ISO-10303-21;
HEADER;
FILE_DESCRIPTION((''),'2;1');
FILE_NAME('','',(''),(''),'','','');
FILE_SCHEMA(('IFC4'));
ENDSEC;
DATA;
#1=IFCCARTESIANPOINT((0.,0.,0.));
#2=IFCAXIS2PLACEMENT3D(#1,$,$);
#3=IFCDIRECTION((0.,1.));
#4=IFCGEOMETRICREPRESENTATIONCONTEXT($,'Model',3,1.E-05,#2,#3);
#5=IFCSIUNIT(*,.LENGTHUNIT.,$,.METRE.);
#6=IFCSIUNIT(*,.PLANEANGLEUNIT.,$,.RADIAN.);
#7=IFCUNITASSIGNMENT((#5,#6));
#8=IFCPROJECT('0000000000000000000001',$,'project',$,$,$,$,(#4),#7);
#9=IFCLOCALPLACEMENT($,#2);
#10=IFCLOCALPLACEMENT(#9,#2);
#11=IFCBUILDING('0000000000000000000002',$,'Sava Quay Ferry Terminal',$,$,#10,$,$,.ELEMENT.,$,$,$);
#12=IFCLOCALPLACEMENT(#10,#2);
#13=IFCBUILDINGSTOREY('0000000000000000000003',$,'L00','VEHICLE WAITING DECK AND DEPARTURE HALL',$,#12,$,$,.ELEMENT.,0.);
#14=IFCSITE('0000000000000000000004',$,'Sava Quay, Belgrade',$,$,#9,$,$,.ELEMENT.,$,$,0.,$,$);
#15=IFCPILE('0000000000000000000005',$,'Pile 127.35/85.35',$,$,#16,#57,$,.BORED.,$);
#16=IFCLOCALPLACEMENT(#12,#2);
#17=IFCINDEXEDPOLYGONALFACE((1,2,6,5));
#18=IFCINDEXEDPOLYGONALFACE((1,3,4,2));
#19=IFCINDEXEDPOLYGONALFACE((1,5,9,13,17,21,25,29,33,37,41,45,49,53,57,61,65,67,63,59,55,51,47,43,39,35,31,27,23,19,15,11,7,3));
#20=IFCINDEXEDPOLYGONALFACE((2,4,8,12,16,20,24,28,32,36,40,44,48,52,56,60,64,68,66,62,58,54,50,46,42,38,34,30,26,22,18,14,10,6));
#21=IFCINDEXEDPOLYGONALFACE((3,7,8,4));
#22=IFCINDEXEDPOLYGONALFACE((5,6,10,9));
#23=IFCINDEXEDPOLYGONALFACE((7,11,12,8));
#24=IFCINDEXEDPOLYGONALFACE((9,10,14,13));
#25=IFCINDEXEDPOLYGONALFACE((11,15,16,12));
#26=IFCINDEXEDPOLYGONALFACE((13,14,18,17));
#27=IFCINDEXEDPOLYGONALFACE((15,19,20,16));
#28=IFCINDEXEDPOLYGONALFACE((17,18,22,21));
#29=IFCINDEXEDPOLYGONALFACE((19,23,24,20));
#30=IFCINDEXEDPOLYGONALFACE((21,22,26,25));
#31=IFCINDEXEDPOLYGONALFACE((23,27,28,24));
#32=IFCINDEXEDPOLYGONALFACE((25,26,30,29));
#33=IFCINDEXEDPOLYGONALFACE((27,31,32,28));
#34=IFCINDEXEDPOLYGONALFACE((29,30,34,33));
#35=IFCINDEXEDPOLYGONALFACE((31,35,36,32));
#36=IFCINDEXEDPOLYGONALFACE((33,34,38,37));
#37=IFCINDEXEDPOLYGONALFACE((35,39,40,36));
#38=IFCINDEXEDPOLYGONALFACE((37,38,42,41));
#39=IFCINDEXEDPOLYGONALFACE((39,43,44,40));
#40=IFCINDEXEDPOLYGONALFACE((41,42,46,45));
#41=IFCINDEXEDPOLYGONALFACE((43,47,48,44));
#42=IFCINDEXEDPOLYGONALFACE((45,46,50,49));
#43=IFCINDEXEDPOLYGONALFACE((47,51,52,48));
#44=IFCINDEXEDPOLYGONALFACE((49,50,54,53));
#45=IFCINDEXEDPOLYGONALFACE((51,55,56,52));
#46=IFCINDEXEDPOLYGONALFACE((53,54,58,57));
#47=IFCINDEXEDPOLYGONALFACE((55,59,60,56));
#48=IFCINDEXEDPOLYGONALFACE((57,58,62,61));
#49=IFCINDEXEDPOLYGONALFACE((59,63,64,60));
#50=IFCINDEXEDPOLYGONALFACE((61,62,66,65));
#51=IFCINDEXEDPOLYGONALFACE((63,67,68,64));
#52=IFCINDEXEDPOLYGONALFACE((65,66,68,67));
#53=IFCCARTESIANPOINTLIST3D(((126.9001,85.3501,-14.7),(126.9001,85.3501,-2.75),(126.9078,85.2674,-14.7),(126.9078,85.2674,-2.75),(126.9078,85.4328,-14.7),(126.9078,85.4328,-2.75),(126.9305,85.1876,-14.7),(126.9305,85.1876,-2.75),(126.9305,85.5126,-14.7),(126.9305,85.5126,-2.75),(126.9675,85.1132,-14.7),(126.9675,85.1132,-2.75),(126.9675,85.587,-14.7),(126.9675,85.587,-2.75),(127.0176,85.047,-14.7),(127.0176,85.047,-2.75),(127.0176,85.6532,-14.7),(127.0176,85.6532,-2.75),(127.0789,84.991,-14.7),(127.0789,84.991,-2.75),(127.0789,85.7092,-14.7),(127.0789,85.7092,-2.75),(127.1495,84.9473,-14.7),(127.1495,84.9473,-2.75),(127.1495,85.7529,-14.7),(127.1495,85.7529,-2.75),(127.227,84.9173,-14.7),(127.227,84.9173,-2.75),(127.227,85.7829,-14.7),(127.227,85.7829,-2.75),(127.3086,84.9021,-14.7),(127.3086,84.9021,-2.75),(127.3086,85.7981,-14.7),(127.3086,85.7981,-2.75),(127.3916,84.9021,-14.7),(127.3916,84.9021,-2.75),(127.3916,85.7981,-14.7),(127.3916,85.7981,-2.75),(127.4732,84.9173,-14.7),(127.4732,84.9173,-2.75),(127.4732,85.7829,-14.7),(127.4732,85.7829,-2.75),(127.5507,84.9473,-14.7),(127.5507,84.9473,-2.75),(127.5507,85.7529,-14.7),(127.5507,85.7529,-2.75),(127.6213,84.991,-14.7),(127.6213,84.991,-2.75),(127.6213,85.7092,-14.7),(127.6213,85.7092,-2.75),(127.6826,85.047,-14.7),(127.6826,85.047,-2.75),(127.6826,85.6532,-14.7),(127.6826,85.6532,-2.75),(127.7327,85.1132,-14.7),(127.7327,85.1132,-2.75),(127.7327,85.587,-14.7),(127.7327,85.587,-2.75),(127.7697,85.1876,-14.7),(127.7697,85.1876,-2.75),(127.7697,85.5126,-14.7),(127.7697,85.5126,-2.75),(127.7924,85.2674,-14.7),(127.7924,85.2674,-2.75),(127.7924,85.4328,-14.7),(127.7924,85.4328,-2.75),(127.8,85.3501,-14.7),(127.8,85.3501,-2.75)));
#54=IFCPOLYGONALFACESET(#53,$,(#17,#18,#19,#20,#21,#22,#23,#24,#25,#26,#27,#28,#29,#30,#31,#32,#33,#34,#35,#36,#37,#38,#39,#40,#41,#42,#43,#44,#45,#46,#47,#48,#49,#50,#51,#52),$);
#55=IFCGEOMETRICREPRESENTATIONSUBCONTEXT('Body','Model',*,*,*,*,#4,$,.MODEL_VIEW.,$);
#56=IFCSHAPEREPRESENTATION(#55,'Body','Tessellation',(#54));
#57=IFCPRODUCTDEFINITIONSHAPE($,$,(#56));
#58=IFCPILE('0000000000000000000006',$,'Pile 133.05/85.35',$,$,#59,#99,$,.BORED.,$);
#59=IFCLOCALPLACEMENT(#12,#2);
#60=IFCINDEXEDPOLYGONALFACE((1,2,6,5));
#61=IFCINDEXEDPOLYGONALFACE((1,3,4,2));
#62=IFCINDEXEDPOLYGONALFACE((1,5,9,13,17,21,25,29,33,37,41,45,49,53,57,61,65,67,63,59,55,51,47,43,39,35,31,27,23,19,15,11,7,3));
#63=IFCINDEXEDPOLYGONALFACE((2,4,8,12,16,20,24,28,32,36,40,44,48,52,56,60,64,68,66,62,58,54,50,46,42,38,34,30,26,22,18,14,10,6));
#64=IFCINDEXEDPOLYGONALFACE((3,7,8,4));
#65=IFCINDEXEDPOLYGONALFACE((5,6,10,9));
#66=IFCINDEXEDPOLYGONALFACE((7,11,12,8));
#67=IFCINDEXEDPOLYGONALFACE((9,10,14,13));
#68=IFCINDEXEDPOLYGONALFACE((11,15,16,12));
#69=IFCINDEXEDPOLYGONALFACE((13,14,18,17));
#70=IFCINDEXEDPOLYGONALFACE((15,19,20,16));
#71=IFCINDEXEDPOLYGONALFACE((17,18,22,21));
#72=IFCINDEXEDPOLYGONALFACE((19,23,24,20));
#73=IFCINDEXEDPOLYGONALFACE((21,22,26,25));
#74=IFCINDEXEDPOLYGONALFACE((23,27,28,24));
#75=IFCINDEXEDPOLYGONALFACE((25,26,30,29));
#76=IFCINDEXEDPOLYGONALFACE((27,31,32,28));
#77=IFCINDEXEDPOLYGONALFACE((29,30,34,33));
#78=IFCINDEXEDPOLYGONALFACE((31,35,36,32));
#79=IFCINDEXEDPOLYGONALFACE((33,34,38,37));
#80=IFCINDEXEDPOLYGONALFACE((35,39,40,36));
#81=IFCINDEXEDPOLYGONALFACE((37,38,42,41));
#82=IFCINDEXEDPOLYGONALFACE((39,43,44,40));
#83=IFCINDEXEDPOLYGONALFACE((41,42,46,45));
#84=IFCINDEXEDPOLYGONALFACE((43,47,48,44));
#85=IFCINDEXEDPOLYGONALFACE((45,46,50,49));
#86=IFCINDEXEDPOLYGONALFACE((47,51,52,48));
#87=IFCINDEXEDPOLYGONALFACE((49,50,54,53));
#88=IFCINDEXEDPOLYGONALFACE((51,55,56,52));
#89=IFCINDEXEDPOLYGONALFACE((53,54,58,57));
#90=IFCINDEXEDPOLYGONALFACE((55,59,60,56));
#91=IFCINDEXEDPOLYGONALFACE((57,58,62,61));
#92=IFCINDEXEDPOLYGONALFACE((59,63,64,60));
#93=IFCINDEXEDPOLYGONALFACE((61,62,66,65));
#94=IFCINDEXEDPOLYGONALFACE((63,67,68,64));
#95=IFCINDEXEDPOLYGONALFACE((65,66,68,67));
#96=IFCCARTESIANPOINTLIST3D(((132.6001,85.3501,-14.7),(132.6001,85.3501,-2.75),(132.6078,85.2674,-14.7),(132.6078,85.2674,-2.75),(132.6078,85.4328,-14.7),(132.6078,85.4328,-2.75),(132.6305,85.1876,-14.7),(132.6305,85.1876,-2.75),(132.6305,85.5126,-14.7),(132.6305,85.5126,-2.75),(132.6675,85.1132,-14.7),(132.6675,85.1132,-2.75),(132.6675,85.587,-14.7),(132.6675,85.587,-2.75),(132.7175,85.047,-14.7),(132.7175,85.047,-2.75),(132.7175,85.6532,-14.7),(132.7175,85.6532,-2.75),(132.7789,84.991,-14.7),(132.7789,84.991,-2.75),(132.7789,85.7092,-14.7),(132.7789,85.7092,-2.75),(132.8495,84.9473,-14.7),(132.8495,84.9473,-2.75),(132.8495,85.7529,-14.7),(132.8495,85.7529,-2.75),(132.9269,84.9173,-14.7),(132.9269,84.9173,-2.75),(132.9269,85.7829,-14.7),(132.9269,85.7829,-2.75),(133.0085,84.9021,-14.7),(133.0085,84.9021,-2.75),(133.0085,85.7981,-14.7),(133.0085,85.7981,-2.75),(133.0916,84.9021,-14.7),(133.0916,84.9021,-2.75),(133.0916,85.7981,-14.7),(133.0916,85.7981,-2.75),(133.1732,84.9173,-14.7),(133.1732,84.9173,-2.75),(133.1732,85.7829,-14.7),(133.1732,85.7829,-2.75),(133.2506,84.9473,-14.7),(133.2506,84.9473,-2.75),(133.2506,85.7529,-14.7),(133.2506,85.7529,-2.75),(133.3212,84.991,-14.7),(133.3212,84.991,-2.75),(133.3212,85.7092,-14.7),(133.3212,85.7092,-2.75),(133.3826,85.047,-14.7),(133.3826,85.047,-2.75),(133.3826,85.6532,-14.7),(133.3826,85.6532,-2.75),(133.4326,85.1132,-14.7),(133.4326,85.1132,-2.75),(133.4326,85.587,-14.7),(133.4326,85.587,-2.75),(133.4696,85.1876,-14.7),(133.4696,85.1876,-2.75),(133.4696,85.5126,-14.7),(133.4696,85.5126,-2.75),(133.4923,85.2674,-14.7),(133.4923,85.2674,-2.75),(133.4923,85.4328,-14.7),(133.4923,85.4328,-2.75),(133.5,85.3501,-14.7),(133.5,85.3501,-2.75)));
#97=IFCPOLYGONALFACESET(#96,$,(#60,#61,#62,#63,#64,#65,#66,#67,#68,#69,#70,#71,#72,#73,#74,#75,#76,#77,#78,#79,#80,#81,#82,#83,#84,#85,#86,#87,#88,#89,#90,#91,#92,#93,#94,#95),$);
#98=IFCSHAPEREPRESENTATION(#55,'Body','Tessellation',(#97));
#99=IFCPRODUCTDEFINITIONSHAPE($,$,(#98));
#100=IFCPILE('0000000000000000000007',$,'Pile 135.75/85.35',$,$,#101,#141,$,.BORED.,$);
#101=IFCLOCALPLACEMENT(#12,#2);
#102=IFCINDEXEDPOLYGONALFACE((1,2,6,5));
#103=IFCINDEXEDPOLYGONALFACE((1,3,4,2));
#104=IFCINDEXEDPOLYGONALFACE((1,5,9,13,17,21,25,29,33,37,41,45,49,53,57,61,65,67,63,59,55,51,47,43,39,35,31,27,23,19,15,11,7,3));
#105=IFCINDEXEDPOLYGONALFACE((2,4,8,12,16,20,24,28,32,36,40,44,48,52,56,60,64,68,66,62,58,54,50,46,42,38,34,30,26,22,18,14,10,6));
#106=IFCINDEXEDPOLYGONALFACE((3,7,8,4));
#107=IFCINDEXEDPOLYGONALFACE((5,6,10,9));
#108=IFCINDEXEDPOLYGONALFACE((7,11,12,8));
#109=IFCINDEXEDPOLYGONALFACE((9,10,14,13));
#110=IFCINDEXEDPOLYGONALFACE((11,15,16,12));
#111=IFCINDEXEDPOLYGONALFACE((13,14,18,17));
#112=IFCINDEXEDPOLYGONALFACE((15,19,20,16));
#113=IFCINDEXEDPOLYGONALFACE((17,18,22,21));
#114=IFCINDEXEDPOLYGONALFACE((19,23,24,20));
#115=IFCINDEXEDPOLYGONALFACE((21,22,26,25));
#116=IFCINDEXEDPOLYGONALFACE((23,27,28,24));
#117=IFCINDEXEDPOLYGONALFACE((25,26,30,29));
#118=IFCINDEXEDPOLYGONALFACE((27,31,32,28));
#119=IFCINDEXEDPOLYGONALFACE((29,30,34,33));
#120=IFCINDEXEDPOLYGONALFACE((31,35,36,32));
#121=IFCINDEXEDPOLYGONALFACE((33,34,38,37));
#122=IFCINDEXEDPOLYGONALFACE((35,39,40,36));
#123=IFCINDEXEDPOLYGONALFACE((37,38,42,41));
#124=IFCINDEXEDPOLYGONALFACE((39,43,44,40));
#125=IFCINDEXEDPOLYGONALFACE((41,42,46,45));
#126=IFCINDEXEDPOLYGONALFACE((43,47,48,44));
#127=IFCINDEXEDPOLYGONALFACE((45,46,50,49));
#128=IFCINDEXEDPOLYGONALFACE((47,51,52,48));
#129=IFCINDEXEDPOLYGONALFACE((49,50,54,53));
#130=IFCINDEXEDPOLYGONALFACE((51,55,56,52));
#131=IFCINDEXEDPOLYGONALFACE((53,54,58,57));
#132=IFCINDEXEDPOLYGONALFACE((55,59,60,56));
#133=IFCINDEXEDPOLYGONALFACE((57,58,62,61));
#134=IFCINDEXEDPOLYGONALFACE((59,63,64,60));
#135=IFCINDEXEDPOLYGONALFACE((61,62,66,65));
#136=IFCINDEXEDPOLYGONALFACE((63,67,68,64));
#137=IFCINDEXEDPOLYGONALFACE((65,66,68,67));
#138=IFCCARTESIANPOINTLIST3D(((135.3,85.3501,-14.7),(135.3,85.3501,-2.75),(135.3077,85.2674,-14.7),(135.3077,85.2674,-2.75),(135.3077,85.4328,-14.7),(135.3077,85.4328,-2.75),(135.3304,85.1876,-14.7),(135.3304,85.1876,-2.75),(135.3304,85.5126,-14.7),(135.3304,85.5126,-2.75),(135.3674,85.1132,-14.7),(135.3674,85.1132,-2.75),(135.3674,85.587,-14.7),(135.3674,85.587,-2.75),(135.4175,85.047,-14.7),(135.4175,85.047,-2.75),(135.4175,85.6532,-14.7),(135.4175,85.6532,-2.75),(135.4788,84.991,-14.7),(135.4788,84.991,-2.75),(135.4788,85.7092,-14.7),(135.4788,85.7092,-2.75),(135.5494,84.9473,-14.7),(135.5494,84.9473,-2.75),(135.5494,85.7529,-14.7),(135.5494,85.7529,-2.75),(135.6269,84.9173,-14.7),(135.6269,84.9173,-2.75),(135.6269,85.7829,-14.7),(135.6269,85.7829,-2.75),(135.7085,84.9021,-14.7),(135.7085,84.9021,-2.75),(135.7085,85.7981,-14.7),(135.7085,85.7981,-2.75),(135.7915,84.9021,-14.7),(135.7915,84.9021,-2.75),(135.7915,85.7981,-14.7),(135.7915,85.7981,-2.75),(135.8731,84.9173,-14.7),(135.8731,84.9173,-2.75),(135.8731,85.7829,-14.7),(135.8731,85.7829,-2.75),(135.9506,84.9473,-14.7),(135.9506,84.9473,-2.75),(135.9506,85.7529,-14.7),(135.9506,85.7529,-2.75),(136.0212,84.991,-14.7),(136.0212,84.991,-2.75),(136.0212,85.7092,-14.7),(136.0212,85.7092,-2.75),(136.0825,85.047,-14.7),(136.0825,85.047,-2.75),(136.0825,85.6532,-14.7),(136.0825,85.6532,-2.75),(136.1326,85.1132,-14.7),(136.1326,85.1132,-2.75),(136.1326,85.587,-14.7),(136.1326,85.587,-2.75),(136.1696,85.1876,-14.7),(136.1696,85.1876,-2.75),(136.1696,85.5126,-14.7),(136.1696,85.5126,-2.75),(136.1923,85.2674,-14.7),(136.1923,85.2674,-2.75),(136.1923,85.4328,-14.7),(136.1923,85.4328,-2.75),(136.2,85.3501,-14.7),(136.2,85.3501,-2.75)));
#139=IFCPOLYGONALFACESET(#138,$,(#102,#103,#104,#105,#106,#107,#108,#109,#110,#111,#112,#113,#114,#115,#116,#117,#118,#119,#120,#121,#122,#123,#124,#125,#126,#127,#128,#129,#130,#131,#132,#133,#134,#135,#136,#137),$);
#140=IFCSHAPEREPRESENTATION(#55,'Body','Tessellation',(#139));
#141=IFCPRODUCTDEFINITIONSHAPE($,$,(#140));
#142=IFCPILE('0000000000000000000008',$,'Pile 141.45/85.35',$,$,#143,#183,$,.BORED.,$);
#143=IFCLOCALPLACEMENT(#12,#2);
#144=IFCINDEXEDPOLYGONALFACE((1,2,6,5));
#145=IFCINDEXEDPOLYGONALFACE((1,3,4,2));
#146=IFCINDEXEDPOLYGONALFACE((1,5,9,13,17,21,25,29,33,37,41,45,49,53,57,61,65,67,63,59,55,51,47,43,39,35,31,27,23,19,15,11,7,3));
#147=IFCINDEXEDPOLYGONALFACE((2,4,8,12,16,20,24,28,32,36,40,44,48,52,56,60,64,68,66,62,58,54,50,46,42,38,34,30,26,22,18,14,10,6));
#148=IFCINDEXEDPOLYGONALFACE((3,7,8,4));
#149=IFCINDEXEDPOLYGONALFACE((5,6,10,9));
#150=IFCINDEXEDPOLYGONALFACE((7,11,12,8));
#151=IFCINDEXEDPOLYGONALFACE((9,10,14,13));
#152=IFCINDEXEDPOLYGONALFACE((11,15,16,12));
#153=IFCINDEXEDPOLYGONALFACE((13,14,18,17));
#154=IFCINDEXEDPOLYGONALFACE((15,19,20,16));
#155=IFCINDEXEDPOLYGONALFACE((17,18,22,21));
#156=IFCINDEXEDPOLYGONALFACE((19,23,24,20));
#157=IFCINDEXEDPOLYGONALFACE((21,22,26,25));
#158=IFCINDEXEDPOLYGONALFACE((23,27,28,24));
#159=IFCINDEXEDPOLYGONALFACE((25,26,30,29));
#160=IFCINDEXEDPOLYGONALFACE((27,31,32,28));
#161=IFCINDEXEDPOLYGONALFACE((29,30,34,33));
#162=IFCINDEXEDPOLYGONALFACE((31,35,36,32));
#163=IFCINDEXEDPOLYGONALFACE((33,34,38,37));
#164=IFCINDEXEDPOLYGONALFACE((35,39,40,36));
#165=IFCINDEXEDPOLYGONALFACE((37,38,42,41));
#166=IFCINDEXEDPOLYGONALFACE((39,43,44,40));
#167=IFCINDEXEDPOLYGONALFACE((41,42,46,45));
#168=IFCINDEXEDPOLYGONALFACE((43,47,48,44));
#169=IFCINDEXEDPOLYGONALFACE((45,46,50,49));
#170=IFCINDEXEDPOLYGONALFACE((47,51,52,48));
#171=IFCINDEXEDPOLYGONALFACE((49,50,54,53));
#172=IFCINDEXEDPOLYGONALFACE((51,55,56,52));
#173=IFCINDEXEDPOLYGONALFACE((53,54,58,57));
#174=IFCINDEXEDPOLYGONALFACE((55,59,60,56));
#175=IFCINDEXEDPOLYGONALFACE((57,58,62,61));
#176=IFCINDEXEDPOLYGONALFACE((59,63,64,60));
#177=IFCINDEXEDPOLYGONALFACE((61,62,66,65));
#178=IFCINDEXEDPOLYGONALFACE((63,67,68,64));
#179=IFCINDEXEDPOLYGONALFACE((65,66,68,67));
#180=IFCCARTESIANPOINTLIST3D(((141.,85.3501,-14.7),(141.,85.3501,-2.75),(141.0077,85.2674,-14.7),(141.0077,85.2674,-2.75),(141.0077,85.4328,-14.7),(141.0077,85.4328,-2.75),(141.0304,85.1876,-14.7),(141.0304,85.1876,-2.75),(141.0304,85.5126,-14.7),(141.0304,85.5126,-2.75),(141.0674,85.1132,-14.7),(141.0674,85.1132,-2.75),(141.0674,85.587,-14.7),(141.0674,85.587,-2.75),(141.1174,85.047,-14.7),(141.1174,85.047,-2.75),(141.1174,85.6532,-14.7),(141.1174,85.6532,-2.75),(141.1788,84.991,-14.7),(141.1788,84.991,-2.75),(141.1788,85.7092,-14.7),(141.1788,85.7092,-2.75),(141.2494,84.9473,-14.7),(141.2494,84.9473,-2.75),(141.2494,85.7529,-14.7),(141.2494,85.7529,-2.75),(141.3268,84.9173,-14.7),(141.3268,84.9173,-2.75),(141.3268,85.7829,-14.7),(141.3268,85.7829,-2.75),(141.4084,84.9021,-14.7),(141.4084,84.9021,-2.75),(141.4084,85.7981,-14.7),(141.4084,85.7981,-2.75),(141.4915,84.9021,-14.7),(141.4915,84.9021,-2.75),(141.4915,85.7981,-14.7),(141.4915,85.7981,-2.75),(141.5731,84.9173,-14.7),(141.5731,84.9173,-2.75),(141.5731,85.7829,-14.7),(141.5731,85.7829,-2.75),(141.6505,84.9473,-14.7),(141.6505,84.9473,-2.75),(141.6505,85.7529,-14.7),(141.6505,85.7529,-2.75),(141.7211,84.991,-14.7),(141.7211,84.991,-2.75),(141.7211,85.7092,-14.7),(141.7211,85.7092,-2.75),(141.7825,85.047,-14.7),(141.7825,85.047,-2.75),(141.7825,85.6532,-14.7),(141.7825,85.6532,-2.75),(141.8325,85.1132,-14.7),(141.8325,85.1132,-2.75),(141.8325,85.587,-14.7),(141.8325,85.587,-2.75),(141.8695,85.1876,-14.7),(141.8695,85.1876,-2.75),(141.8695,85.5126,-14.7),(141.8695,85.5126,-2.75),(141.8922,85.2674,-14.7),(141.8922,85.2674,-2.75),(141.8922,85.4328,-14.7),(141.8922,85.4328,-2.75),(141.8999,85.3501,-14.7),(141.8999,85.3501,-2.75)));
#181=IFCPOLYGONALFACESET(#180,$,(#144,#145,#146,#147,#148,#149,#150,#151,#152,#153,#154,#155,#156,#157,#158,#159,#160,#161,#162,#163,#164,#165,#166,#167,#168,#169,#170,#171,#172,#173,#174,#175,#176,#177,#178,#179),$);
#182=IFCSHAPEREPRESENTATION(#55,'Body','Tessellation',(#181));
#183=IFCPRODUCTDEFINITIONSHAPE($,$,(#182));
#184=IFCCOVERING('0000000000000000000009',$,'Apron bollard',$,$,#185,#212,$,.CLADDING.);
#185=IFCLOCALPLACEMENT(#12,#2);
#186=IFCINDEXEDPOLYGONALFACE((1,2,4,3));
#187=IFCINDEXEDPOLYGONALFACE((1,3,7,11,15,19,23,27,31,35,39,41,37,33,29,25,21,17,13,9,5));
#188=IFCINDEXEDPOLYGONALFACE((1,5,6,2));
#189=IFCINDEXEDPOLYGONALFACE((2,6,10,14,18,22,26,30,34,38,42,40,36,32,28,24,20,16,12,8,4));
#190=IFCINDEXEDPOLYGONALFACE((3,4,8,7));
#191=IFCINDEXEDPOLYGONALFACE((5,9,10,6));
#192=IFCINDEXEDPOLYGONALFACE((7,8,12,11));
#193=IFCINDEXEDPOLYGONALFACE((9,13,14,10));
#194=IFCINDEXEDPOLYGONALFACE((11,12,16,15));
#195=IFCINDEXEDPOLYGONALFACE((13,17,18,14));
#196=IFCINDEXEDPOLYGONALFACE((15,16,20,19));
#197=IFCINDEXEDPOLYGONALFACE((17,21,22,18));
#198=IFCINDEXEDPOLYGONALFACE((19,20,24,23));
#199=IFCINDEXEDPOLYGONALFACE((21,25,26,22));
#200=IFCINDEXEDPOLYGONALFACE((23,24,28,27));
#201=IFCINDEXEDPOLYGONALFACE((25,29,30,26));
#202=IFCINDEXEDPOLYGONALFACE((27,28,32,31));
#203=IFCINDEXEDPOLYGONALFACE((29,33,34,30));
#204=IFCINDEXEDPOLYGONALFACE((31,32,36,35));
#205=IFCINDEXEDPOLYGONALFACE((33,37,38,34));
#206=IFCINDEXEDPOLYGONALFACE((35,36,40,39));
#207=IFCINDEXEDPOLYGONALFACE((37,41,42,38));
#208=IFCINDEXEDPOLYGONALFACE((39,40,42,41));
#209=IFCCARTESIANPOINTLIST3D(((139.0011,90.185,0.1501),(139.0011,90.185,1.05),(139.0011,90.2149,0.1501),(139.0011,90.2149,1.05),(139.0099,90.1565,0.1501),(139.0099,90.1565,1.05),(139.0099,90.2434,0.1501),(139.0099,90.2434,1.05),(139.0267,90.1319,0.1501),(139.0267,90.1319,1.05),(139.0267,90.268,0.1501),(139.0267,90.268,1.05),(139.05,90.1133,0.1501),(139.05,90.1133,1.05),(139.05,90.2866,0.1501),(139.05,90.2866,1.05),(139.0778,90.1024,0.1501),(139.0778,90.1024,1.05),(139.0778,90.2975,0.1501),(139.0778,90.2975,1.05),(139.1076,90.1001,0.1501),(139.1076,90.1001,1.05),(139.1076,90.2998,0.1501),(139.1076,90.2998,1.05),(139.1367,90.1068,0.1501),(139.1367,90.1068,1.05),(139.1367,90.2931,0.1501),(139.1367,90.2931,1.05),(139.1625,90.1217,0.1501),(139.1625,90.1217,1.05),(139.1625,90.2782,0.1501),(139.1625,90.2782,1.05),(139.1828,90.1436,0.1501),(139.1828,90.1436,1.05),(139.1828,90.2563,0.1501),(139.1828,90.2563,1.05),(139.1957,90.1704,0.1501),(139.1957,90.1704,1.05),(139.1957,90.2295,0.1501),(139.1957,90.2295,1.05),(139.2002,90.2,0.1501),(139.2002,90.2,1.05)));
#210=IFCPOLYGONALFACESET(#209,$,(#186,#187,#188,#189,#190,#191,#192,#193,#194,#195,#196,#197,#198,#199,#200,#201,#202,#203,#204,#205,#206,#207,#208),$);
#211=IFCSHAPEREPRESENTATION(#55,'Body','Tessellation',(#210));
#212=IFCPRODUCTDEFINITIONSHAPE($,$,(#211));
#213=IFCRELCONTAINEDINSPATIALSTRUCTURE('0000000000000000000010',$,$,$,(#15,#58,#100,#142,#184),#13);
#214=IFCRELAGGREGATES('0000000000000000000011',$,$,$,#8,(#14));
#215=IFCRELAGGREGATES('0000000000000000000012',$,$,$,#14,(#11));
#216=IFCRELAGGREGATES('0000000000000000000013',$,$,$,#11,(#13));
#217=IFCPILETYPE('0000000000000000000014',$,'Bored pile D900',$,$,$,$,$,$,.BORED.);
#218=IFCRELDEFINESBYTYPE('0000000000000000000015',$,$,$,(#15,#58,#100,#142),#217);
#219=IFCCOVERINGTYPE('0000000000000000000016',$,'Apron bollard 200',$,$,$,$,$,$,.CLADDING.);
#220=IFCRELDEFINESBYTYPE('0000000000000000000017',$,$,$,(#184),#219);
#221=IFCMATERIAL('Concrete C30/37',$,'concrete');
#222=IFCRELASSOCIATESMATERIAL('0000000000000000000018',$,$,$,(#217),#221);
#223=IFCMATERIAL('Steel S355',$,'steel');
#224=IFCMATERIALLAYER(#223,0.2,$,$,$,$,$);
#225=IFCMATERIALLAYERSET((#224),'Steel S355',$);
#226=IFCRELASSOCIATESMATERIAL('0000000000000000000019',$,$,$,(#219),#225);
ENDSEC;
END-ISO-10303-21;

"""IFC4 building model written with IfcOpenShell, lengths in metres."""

from ifc_helpers import new_model, si_unit, direction, frame, origin, origin_2d, place, context, subcontext, project, spatial, circle, extrude, material, layer, layer_set, material_profile, profile_set, type_object, element, save


model = new_model("IFC4")

# Units and contexts
model_context = context("Model", 3, precision=1e-05, world=origin(), true_north=direction((0.0, 1.0)))
body_context = subcontext(model_context, "Body", "Model", "MODEL_VIEW")
ifc_project = project(units=[si_unit("LENGTHUNIT", "METRE"), si_unit("PLANEANGLEUNIT", "RADIAN")], contexts=[model_context])

# Site, building, storey
site_placement = place(None, origin())
site = spatial("IfcSite", under=ifc_project, at=site_placement, Name="Sava Quay, Belgrade", CompositionType="ELEMENT", RefElevation=0.0)
building_placement = place(site_placement, origin())
building = spatial("IfcBuilding", under=site, at=building_placement, Name="Sava Quay Ferry Terminal", CompositionType="ELEMENT")
storey_placement = place(building_placement, origin())
storey = spatial("IfcBuildingStorey", under=building, at=storey_placement, Name="L00", Description="VEHICLE WAITING DECK AND DEPARTURE HALL", CompositionType="ELEMENT", Elevation=0.0)

# Piles
ifc_material_1 = material(Name="Concrete C30/37", Category="concrete")
ifc_material_profile = material_profile(ifc_material_1, circle(Radius=0.45, at=origin_2d()), Name="Bored pile D900")
ifc_profile_set = profile_set([ifc_material_profile], Name="Concrete C30/37")
pile_type = type_object("IfcPileType", Name="Bored pile D900", PredefinedType="BORED", material=ifc_profile_set)
for number, where, z_axis, x_axis, name in (
    (1, (127.3501, 85.3501, -2.75), (0.0, 0.0, -1.0), (1.0, 0.0, 0.0), "Pile 127.35/85.35"),
    (2, (133.05, 85.3501, -2.75), (0.0, 0.0, -1.0), (1.0, 0.0, 0.0), "Pile 133.05/85.35"),
    (3, (135.75, 85.3501, -2.75), (0.0, 0.0, -1.0), (1.0, 0.0, 0.0), "Pile 135.75/85.35"),
    (4, (141.45, 85.3501, -2.75), (0.0, 0.0, -1.0), (1.0, 0.0, 0.0), "Pile 141.45/85.35"),
):
    element("IfcPile", number, at=place(storey_placement, frame(where, z_axis=z_axis, x_axis=x_axis)), inside=storey, type_object=pile_type, Name=name, PredefinedType="BORED", context=body_context, shape_type="SweptSolid", body=[
        extrude(circle(Radius=0.45, at=origin_2d()), origin(), (0.0, 0.0, 1.0), 11.95),
    ])

# Covering
ifc_material_2 = material(Name="Steel S355", Category="steel")
ifc_layer_1 = layer(ifc_material_2, 0.2)
ifc_layer_set_1 = layer_set([ifc_layer_1], Name="Steel S355")
covering_type_1 = type_object("IfcCoveringType", Name="Apron bollard 200", PredefinedType="CLADDING", material=ifc_layer_set_1)
for number, where, z_axis, x_axis, name in (
    (5, (139.1001, 90.2, 1.05), (0.0, 0.0, -1.0), (1.0, 0.0, 0.0), "Apron bollard"),
):
    element("IfcCovering", number, at=place(storey_placement, frame(where, z_axis=z_axis, x_axis=x_axis)), inside=storey, type_object=covering_type_1, Name=name, PredefinedType="CLADDING", context=body_context, shape_type="SweptSolid", body=[
        extrude(circle(Radius=0.1001, at=origin_2d()), origin(), (0.0, 0.0, 1.0), 0.8999),
    ])

save(model, "model.ifc")
